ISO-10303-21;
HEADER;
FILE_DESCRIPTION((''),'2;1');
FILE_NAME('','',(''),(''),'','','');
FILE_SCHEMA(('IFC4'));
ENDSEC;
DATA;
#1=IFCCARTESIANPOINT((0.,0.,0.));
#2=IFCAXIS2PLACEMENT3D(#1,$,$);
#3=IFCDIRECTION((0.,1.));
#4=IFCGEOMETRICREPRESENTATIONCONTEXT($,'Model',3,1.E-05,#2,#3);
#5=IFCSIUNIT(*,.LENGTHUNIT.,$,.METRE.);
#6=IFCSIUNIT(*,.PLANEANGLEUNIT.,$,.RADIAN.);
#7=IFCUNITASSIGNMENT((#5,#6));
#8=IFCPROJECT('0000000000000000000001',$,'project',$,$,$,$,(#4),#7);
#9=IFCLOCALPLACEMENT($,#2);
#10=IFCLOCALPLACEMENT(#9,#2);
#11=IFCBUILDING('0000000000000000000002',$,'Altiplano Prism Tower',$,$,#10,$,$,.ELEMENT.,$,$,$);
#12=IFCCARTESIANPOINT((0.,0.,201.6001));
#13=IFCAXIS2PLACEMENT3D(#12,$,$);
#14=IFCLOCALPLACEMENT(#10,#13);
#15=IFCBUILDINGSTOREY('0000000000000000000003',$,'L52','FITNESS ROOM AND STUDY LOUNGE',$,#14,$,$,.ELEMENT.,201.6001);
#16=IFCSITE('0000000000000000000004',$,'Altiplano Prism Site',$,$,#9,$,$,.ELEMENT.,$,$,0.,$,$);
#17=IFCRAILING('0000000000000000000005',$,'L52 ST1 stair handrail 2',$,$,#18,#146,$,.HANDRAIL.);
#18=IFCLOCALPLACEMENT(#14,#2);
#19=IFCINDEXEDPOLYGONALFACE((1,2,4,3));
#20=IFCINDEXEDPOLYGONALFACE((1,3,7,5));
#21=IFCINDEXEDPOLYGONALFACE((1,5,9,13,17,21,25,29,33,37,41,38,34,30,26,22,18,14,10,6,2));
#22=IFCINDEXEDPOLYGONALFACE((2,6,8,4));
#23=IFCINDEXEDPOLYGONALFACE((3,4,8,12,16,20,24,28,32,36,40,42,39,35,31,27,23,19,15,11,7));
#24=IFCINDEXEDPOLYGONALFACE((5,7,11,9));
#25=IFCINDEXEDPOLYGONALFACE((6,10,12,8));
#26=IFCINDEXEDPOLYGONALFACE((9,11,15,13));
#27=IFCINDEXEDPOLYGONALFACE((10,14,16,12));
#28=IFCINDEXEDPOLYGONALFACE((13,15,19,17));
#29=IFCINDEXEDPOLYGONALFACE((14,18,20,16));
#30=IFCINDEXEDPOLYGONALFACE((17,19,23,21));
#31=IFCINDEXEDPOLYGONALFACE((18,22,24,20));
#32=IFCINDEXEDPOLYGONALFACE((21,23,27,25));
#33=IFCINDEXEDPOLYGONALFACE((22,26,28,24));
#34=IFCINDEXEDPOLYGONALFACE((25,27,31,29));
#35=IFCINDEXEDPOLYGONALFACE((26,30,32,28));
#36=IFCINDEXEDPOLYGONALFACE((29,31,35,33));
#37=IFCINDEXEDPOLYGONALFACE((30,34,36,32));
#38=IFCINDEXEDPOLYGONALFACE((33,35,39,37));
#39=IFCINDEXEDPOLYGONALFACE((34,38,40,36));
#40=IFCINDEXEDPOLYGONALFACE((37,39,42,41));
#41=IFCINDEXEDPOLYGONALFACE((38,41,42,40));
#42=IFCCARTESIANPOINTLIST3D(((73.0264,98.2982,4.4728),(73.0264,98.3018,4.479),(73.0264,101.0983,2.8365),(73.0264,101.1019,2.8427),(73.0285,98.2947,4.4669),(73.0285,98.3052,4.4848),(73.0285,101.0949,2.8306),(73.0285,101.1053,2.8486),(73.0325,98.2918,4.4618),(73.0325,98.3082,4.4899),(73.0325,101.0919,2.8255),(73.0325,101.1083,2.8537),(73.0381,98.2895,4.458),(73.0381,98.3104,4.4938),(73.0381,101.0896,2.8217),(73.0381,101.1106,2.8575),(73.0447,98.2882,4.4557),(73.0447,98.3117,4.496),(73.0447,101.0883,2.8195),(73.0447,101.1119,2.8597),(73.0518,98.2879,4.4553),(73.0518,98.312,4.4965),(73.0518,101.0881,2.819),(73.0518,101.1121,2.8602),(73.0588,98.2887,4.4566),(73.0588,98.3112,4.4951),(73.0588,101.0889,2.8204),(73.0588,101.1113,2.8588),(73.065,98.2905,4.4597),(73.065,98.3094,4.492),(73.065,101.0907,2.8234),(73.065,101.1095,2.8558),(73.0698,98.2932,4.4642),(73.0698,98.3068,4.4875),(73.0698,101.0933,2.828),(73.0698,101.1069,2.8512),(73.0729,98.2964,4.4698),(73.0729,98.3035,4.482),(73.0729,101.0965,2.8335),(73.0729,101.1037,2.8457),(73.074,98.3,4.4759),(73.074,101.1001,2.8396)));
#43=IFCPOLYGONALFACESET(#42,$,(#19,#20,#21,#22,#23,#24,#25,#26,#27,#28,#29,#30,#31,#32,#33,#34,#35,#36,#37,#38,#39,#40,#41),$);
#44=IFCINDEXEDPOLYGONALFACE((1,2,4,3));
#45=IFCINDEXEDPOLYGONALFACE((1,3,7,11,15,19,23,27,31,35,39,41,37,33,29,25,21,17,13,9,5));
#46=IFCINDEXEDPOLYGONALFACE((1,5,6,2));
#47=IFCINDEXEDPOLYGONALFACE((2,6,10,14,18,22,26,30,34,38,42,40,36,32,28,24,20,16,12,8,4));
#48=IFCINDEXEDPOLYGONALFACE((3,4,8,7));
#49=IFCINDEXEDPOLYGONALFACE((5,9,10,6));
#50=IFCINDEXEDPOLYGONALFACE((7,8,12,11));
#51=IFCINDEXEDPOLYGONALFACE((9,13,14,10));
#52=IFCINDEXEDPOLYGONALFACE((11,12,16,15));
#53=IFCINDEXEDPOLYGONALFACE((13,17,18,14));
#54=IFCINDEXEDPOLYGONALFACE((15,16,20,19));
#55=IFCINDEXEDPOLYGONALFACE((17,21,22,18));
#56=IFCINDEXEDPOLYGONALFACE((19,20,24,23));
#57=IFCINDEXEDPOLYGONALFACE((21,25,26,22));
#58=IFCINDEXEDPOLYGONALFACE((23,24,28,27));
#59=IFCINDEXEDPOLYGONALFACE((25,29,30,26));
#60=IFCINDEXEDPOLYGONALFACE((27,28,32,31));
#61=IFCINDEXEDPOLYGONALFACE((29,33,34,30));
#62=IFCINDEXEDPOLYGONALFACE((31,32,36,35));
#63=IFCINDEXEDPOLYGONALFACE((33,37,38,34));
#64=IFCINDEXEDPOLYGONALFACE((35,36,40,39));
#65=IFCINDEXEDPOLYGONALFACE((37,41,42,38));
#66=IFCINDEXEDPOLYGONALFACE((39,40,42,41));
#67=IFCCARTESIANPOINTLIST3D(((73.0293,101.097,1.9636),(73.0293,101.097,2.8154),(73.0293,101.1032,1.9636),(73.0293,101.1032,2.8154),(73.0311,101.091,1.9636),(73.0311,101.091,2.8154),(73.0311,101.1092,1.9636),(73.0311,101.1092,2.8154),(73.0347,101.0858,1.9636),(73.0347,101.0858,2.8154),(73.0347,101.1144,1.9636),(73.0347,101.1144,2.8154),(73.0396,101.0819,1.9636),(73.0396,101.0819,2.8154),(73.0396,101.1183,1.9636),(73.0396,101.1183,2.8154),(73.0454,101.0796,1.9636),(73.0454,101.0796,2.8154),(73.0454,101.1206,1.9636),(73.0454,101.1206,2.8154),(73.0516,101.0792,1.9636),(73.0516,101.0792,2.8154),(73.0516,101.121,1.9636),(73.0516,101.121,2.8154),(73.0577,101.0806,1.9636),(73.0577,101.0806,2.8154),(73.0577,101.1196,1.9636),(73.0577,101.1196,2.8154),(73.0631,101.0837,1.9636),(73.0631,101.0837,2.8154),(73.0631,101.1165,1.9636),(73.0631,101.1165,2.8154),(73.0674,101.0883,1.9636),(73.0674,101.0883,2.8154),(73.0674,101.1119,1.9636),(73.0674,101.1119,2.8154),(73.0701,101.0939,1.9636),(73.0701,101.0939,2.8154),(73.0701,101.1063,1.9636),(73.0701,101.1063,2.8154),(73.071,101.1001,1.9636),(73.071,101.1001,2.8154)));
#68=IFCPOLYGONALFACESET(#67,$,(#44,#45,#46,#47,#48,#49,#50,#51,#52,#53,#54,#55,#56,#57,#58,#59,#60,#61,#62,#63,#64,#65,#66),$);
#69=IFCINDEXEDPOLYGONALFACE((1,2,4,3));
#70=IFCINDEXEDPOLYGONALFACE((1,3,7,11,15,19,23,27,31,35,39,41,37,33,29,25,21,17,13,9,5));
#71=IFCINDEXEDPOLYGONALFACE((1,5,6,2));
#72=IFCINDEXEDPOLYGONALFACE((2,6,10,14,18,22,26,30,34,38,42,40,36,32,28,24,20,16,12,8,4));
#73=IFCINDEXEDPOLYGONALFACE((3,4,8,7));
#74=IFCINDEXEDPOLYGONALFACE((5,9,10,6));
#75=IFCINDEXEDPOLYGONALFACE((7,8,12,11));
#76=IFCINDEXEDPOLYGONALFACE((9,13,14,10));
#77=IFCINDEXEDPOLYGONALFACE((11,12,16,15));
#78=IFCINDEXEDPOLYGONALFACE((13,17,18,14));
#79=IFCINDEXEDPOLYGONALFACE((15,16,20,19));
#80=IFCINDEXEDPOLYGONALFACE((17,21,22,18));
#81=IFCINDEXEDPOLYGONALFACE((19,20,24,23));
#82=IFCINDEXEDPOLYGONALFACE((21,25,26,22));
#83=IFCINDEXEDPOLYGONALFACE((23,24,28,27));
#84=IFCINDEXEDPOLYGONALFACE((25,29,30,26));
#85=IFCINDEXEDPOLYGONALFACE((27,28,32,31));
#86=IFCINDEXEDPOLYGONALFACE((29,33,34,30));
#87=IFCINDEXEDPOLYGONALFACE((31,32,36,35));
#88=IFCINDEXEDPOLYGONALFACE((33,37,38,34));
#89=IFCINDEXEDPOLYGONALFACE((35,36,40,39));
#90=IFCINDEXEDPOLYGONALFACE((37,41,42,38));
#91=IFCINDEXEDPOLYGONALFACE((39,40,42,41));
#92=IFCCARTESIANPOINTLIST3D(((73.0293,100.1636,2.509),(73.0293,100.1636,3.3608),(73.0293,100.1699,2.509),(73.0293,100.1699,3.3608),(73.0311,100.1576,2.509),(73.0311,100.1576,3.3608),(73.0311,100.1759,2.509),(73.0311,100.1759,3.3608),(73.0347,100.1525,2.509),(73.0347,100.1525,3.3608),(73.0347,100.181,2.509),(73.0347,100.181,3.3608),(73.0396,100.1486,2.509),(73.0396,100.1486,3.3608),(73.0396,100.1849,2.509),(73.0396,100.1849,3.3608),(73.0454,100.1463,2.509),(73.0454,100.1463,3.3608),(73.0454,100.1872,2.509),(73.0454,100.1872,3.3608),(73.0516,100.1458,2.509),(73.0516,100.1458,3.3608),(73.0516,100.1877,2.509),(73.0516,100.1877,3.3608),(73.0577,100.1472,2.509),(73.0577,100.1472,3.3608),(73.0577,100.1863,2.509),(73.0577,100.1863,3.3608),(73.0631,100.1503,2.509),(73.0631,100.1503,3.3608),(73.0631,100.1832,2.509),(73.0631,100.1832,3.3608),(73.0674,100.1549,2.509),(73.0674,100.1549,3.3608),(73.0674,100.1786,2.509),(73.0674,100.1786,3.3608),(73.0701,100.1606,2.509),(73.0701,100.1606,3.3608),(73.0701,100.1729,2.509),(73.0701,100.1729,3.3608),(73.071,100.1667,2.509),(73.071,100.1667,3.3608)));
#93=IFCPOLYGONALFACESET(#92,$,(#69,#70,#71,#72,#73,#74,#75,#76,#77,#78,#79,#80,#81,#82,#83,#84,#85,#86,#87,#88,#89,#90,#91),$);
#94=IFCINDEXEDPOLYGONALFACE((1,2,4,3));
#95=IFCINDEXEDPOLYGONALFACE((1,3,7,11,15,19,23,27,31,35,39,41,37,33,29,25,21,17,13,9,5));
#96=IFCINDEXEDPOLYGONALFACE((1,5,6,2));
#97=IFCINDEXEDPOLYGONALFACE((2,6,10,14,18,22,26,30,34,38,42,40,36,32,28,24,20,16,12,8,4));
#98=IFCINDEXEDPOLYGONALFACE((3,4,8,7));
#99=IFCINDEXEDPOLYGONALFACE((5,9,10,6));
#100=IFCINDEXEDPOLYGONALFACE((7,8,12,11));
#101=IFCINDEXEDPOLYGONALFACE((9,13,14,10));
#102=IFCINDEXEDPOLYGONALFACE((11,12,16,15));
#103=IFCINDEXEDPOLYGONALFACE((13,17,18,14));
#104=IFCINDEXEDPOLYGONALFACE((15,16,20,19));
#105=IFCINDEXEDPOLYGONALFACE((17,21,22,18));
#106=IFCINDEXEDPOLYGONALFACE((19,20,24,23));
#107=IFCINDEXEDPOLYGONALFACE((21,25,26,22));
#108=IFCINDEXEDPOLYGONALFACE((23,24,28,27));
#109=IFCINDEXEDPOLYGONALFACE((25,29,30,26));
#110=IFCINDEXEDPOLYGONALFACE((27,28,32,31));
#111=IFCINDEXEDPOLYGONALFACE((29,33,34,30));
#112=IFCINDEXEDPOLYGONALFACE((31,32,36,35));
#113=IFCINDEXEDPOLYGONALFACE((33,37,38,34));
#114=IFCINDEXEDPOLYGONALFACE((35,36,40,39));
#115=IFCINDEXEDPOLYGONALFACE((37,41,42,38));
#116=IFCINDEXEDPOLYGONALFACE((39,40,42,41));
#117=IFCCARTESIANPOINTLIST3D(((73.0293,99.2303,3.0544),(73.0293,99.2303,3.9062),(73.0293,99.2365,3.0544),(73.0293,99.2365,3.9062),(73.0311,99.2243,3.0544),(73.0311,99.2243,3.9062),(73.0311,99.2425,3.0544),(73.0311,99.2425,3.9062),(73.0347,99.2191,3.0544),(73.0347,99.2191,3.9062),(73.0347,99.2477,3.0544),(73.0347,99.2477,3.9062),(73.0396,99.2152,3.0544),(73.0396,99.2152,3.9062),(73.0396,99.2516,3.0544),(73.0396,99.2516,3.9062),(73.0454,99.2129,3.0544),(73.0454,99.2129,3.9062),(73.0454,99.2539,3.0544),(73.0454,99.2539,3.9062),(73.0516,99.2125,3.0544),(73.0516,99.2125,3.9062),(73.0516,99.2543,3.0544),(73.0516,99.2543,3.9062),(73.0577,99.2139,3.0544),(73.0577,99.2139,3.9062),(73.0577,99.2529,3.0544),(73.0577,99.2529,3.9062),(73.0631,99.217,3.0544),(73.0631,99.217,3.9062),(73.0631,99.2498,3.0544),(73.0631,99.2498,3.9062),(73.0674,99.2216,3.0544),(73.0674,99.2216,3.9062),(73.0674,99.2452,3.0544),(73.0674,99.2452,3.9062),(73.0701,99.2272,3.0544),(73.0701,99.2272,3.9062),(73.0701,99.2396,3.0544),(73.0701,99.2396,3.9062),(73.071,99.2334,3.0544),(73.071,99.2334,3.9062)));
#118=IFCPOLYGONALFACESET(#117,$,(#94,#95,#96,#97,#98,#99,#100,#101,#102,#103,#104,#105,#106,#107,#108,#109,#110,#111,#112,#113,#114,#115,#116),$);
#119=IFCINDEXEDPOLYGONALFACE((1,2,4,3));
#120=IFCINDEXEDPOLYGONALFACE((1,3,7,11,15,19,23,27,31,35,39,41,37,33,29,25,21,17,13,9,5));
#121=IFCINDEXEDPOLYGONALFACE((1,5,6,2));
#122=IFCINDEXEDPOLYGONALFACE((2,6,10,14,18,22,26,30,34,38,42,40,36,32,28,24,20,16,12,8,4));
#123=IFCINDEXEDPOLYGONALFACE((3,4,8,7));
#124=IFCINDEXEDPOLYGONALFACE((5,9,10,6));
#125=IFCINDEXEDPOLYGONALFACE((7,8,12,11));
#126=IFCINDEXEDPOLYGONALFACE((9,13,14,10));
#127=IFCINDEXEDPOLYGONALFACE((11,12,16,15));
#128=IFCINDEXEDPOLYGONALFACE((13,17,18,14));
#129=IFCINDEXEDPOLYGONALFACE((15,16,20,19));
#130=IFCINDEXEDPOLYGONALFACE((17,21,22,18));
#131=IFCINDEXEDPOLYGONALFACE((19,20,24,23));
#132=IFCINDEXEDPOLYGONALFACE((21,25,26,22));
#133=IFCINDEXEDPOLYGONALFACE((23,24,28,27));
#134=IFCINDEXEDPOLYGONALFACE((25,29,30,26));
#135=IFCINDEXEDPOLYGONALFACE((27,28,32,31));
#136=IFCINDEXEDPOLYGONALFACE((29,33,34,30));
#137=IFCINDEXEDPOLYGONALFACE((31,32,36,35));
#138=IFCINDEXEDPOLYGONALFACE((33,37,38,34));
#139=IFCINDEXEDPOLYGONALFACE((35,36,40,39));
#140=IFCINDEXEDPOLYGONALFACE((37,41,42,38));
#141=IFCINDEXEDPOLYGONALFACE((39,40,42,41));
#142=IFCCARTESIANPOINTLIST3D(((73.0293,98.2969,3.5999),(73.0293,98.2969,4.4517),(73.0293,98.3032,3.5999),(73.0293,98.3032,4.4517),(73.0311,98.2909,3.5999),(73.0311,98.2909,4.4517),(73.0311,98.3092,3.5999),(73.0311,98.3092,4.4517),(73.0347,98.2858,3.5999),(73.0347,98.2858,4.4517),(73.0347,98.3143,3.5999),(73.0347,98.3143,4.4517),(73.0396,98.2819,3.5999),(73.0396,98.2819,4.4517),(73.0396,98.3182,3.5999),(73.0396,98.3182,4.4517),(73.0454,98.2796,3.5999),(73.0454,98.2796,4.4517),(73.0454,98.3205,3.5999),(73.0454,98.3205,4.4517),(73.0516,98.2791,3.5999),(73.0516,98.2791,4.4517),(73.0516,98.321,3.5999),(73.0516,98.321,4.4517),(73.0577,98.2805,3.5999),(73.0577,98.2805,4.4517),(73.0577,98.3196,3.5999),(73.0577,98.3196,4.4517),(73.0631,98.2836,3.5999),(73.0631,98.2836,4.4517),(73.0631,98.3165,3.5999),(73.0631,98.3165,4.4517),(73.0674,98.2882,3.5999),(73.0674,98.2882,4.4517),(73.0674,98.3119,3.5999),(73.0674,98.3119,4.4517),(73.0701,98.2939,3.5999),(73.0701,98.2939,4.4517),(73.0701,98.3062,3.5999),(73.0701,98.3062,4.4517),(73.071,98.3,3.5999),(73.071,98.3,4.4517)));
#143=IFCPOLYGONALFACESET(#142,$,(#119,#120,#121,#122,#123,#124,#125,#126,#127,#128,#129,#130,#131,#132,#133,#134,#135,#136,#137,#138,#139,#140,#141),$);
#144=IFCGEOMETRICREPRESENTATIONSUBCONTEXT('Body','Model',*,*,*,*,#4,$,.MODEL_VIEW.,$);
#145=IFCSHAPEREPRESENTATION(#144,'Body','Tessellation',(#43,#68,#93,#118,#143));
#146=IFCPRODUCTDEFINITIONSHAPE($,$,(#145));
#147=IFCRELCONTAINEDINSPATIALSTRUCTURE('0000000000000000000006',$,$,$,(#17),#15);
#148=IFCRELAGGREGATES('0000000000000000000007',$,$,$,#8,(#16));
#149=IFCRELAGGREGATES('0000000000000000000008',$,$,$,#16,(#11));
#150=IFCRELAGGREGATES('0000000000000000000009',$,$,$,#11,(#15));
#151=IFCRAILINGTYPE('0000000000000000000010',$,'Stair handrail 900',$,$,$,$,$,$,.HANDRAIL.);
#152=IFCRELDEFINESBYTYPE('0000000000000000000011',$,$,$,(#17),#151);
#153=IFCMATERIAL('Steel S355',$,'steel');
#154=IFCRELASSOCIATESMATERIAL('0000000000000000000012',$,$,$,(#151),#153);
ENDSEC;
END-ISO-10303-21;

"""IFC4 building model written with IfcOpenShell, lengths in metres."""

from ifc_helpers import new_model, si_unit, direction, frame, origin, origin_2d, place, context, subcontext, project, spatial, circle, extrude, material, type_object, element, save


model = new_model("IFC4")

# Units and contexts
model_context = context("Model", 3, precision=1e-05, world=origin(), true_north=direction((0.0, 1.0)))
body_context = subcontext(model_context, "Body", "Model", "MODEL_VIEW")
ifc_project = project(units=[si_unit("LENGTHUNIT", "METRE"), si_unit("PLANEANGLEUNIT", "RADIAN")], contexts=[model_context])

# Site, building, storey
site_placement = place(None, origin())
site = spatial("IfcSite", under=ifc_project, at=site_placement, Name="Altiplano Prism Site", CompositionType="ELEMENT", RefElevation=0.0)
building_placement = place(site_placement, origin())
building = spatial("IfcBuilding", under=site, at=building_placement, Name="Altiplano Prism Tower", CompositionType="ELEMENT")
storey_placement = place(building_placement, frame((0.0, 0.0, 201.6001)))
storey = spatial("IfcBuildingStorey", under=building, at=storey_placement, Name="L52", Description="FITNESS ROOM AND STUDY LOUNGE", CompositionType="ELEMENT", Elevation=201.6001)

# Railing
ifc_material_1 = material(Name="Steel S355", Category="steel")
railing_type = type_object("IfcRailingType", Name="Stair handrail 900", PredefinedType="HANDRAIL", material=ifc_material_1)
railing_placement = place(storey_placement, frame((73.05, 101.1001, 1.9636)))
element("IfcRailing", 1, at=railing_placement, inside=storey, type_object=railing_type, Name="L52 ST1 stair handrail 2", PredefinedType="HANDRAIL", context=body_context, shape_type="SweptSolid", body=[
    extrude(circle(Radius=0.0239, at=origin_2d()), frame((0.0, 0.0, 0.876), z_axis=(0.0, -0.863394, 0.504531), x_axis=(1.0, 0.0, 0.0)), (0.0, 0.0, 1.0), 3.2432),
    extrude(circle(Radius=0.021, at=origin_2d()), origin(), (0.0, 0.0, 1.0), 0.8518),
    extrude(circle(Radius=0.021, at=origin_2d()), frame((0.0, -0.9333, 0.5454)), (0.0, 0.0, 1.0), 0.8518),
    extrude(circle(Radius=0.021, at=origin_2d()), frame((0.0, -1.8667, 1.0908)), (0.0, 0.0, 1.0), 0.8518),
    extrude(circle(Radius=0.021, at=origin_2d()), frame((0.0, -2.8, 1.6362)), (0.0, 0.0, 1.0), 0.8518),
])

save(model, "model.ifc")
